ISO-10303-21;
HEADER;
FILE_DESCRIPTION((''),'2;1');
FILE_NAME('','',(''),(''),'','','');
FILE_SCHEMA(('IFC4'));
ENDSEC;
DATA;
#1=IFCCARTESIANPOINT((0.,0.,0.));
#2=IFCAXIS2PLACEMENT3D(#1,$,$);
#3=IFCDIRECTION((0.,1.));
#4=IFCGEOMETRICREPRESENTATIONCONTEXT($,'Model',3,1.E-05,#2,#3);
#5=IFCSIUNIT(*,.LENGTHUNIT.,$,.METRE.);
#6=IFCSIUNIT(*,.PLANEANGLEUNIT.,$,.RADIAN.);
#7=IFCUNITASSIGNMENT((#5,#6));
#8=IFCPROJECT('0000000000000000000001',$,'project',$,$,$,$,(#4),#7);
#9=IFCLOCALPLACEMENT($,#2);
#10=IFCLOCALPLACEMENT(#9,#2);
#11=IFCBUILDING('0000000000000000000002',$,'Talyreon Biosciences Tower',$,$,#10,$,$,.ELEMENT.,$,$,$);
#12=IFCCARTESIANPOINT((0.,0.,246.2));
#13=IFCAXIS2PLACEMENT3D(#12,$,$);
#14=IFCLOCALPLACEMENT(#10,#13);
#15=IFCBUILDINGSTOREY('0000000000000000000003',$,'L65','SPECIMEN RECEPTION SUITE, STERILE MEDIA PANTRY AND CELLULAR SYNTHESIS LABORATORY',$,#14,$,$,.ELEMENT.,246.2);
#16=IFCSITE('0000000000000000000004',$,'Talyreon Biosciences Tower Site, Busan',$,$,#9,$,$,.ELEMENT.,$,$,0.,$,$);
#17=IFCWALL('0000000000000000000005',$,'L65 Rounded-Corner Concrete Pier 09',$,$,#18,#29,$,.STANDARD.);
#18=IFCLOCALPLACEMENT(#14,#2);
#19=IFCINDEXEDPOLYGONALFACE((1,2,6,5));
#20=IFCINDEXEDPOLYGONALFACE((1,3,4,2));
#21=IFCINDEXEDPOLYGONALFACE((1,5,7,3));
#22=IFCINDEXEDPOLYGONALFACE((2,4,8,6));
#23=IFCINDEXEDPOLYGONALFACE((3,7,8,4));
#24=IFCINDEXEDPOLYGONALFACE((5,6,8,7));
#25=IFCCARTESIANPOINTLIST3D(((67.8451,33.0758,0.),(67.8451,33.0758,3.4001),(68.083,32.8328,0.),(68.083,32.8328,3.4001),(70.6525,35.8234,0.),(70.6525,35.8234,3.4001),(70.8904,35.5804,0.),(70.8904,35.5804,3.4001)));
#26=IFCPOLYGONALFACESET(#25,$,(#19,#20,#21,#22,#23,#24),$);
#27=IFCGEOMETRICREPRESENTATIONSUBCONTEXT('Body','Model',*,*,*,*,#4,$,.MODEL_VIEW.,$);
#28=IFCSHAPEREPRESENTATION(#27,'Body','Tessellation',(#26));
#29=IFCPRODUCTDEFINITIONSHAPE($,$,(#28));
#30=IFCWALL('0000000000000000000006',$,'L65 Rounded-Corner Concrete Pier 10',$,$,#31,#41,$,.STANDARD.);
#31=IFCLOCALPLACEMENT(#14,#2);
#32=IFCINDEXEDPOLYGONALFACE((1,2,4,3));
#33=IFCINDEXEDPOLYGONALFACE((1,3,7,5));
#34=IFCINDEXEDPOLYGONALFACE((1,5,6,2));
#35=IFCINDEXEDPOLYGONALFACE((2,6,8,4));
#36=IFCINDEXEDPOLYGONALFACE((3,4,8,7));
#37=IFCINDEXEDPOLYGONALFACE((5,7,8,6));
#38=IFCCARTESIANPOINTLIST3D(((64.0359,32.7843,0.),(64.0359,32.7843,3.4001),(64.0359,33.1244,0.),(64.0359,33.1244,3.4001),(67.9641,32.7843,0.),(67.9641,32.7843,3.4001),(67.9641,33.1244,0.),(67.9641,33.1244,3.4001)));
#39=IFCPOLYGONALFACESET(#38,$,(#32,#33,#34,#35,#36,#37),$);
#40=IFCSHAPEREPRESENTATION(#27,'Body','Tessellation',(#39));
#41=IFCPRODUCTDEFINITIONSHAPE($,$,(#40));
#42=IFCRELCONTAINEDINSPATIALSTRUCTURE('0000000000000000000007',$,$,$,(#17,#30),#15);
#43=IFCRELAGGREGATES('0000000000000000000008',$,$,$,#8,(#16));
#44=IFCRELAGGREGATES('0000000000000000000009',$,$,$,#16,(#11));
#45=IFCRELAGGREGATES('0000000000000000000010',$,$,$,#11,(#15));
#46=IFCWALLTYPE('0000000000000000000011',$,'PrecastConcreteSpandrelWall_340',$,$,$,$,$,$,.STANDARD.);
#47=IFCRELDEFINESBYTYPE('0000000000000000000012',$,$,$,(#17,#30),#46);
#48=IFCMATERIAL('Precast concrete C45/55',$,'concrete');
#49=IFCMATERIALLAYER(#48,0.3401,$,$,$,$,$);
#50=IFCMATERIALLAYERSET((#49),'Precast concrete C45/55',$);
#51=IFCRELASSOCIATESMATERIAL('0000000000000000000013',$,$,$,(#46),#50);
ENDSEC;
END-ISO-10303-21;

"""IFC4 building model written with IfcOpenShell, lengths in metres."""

from ifc_helpers import new_model, si_unit, direction, frame, frame_2d, origin, place, context, subcontext, project, spatial, rectangle, extrude, material, layer, layer_set, type_object, element, save


model = new_model("IFC4")

# Units and contexts
model_context = context("Model", 3, precision=1e-05, world=origin(), true_north=direction((0.0, 1.0)))
body_context = subcontext(model_context, "Body", "Model", "MODEL_VIEW")
ifc_project = project(units=[si_unit("LENGTHUNIT", "METRE"), si_unit("PLANEANGLEUNIT", "RADIAN")], contexts=[model_context])

# Site, building, storey
site_placement = place(None, origin())
site = spatial("IfcSite", under=ifc_project, at=site_placement, Name="Talyreon Biosciences Tower Site, Busan", CompositionType="ELEMENT", RefElevation=0.0)
building_placement = place(site_placement, origin())
building = spatial("IfcBuilding", under=site, at=building_placement, Name="Talyreon Biosciences Tower", CompositionType="ELEMENT")
storey_placement = place(building_placement, frame((0.0, 0.0, 246.2)))
storey = spatial("IfcBuildingStorey", under=building, at=storey_placement, Name="L65", Description="SPECIMEN RECEPTION SUITE, STERILE MEDIA PANTRY AND CELLULAR SYNTHESIS LABORATORY", CompositionType="ELEMENT", Elevation=246.2)

# Shared definitions
ifc_material_1 = material(Name="Precast concrete C45/55", Category="concrete")

# Walls
ifc_layer_1 = layer(ifc_material_1, 0.3401)
ifc_layer_set_1 = layer_set([ifc_layer_1], Name="Precast concrete C45/55")
wall_type_1 = type_object("IfcWallType", Name="PrecastConcreteSpandrelWall_340", PredefinedType="STANDARD", material=ifc_layer_set_1)
for number, where, z_axis, x_axis, name in (
    (1, (70.7715, 35.7019, 0.0), (0.0, 0.0, 1.0), (-0.714679, -0.699452, 0.0), "L65 Rounded-Corner Concrete Pier 09"),
    (2, (67.9641, 32.9543, 0.0), (0.0, 0.0, 1.0), (-1.0, 0.0, 0.0), "L65 Rounded-Corner Concrete Pier 10"),
):
    element("IfcWall", number, at=place(storey_placement, frame(where, z_axis=z_axis, x_axis=x_axis)), inside=storey, type_object=wall_type_1, Name=name, PredefinedType="STANDARD", context=body_context, shape_type="SweptSolid", body=[
        extrude(rectangle(XDim=3.9282, YDim=0.3401, at=frame_2d((1.9641, 0.0))), origin(), (0.0, 0.0, 1.0), 3.4001),
    ])

save(model, "model.ifc")
